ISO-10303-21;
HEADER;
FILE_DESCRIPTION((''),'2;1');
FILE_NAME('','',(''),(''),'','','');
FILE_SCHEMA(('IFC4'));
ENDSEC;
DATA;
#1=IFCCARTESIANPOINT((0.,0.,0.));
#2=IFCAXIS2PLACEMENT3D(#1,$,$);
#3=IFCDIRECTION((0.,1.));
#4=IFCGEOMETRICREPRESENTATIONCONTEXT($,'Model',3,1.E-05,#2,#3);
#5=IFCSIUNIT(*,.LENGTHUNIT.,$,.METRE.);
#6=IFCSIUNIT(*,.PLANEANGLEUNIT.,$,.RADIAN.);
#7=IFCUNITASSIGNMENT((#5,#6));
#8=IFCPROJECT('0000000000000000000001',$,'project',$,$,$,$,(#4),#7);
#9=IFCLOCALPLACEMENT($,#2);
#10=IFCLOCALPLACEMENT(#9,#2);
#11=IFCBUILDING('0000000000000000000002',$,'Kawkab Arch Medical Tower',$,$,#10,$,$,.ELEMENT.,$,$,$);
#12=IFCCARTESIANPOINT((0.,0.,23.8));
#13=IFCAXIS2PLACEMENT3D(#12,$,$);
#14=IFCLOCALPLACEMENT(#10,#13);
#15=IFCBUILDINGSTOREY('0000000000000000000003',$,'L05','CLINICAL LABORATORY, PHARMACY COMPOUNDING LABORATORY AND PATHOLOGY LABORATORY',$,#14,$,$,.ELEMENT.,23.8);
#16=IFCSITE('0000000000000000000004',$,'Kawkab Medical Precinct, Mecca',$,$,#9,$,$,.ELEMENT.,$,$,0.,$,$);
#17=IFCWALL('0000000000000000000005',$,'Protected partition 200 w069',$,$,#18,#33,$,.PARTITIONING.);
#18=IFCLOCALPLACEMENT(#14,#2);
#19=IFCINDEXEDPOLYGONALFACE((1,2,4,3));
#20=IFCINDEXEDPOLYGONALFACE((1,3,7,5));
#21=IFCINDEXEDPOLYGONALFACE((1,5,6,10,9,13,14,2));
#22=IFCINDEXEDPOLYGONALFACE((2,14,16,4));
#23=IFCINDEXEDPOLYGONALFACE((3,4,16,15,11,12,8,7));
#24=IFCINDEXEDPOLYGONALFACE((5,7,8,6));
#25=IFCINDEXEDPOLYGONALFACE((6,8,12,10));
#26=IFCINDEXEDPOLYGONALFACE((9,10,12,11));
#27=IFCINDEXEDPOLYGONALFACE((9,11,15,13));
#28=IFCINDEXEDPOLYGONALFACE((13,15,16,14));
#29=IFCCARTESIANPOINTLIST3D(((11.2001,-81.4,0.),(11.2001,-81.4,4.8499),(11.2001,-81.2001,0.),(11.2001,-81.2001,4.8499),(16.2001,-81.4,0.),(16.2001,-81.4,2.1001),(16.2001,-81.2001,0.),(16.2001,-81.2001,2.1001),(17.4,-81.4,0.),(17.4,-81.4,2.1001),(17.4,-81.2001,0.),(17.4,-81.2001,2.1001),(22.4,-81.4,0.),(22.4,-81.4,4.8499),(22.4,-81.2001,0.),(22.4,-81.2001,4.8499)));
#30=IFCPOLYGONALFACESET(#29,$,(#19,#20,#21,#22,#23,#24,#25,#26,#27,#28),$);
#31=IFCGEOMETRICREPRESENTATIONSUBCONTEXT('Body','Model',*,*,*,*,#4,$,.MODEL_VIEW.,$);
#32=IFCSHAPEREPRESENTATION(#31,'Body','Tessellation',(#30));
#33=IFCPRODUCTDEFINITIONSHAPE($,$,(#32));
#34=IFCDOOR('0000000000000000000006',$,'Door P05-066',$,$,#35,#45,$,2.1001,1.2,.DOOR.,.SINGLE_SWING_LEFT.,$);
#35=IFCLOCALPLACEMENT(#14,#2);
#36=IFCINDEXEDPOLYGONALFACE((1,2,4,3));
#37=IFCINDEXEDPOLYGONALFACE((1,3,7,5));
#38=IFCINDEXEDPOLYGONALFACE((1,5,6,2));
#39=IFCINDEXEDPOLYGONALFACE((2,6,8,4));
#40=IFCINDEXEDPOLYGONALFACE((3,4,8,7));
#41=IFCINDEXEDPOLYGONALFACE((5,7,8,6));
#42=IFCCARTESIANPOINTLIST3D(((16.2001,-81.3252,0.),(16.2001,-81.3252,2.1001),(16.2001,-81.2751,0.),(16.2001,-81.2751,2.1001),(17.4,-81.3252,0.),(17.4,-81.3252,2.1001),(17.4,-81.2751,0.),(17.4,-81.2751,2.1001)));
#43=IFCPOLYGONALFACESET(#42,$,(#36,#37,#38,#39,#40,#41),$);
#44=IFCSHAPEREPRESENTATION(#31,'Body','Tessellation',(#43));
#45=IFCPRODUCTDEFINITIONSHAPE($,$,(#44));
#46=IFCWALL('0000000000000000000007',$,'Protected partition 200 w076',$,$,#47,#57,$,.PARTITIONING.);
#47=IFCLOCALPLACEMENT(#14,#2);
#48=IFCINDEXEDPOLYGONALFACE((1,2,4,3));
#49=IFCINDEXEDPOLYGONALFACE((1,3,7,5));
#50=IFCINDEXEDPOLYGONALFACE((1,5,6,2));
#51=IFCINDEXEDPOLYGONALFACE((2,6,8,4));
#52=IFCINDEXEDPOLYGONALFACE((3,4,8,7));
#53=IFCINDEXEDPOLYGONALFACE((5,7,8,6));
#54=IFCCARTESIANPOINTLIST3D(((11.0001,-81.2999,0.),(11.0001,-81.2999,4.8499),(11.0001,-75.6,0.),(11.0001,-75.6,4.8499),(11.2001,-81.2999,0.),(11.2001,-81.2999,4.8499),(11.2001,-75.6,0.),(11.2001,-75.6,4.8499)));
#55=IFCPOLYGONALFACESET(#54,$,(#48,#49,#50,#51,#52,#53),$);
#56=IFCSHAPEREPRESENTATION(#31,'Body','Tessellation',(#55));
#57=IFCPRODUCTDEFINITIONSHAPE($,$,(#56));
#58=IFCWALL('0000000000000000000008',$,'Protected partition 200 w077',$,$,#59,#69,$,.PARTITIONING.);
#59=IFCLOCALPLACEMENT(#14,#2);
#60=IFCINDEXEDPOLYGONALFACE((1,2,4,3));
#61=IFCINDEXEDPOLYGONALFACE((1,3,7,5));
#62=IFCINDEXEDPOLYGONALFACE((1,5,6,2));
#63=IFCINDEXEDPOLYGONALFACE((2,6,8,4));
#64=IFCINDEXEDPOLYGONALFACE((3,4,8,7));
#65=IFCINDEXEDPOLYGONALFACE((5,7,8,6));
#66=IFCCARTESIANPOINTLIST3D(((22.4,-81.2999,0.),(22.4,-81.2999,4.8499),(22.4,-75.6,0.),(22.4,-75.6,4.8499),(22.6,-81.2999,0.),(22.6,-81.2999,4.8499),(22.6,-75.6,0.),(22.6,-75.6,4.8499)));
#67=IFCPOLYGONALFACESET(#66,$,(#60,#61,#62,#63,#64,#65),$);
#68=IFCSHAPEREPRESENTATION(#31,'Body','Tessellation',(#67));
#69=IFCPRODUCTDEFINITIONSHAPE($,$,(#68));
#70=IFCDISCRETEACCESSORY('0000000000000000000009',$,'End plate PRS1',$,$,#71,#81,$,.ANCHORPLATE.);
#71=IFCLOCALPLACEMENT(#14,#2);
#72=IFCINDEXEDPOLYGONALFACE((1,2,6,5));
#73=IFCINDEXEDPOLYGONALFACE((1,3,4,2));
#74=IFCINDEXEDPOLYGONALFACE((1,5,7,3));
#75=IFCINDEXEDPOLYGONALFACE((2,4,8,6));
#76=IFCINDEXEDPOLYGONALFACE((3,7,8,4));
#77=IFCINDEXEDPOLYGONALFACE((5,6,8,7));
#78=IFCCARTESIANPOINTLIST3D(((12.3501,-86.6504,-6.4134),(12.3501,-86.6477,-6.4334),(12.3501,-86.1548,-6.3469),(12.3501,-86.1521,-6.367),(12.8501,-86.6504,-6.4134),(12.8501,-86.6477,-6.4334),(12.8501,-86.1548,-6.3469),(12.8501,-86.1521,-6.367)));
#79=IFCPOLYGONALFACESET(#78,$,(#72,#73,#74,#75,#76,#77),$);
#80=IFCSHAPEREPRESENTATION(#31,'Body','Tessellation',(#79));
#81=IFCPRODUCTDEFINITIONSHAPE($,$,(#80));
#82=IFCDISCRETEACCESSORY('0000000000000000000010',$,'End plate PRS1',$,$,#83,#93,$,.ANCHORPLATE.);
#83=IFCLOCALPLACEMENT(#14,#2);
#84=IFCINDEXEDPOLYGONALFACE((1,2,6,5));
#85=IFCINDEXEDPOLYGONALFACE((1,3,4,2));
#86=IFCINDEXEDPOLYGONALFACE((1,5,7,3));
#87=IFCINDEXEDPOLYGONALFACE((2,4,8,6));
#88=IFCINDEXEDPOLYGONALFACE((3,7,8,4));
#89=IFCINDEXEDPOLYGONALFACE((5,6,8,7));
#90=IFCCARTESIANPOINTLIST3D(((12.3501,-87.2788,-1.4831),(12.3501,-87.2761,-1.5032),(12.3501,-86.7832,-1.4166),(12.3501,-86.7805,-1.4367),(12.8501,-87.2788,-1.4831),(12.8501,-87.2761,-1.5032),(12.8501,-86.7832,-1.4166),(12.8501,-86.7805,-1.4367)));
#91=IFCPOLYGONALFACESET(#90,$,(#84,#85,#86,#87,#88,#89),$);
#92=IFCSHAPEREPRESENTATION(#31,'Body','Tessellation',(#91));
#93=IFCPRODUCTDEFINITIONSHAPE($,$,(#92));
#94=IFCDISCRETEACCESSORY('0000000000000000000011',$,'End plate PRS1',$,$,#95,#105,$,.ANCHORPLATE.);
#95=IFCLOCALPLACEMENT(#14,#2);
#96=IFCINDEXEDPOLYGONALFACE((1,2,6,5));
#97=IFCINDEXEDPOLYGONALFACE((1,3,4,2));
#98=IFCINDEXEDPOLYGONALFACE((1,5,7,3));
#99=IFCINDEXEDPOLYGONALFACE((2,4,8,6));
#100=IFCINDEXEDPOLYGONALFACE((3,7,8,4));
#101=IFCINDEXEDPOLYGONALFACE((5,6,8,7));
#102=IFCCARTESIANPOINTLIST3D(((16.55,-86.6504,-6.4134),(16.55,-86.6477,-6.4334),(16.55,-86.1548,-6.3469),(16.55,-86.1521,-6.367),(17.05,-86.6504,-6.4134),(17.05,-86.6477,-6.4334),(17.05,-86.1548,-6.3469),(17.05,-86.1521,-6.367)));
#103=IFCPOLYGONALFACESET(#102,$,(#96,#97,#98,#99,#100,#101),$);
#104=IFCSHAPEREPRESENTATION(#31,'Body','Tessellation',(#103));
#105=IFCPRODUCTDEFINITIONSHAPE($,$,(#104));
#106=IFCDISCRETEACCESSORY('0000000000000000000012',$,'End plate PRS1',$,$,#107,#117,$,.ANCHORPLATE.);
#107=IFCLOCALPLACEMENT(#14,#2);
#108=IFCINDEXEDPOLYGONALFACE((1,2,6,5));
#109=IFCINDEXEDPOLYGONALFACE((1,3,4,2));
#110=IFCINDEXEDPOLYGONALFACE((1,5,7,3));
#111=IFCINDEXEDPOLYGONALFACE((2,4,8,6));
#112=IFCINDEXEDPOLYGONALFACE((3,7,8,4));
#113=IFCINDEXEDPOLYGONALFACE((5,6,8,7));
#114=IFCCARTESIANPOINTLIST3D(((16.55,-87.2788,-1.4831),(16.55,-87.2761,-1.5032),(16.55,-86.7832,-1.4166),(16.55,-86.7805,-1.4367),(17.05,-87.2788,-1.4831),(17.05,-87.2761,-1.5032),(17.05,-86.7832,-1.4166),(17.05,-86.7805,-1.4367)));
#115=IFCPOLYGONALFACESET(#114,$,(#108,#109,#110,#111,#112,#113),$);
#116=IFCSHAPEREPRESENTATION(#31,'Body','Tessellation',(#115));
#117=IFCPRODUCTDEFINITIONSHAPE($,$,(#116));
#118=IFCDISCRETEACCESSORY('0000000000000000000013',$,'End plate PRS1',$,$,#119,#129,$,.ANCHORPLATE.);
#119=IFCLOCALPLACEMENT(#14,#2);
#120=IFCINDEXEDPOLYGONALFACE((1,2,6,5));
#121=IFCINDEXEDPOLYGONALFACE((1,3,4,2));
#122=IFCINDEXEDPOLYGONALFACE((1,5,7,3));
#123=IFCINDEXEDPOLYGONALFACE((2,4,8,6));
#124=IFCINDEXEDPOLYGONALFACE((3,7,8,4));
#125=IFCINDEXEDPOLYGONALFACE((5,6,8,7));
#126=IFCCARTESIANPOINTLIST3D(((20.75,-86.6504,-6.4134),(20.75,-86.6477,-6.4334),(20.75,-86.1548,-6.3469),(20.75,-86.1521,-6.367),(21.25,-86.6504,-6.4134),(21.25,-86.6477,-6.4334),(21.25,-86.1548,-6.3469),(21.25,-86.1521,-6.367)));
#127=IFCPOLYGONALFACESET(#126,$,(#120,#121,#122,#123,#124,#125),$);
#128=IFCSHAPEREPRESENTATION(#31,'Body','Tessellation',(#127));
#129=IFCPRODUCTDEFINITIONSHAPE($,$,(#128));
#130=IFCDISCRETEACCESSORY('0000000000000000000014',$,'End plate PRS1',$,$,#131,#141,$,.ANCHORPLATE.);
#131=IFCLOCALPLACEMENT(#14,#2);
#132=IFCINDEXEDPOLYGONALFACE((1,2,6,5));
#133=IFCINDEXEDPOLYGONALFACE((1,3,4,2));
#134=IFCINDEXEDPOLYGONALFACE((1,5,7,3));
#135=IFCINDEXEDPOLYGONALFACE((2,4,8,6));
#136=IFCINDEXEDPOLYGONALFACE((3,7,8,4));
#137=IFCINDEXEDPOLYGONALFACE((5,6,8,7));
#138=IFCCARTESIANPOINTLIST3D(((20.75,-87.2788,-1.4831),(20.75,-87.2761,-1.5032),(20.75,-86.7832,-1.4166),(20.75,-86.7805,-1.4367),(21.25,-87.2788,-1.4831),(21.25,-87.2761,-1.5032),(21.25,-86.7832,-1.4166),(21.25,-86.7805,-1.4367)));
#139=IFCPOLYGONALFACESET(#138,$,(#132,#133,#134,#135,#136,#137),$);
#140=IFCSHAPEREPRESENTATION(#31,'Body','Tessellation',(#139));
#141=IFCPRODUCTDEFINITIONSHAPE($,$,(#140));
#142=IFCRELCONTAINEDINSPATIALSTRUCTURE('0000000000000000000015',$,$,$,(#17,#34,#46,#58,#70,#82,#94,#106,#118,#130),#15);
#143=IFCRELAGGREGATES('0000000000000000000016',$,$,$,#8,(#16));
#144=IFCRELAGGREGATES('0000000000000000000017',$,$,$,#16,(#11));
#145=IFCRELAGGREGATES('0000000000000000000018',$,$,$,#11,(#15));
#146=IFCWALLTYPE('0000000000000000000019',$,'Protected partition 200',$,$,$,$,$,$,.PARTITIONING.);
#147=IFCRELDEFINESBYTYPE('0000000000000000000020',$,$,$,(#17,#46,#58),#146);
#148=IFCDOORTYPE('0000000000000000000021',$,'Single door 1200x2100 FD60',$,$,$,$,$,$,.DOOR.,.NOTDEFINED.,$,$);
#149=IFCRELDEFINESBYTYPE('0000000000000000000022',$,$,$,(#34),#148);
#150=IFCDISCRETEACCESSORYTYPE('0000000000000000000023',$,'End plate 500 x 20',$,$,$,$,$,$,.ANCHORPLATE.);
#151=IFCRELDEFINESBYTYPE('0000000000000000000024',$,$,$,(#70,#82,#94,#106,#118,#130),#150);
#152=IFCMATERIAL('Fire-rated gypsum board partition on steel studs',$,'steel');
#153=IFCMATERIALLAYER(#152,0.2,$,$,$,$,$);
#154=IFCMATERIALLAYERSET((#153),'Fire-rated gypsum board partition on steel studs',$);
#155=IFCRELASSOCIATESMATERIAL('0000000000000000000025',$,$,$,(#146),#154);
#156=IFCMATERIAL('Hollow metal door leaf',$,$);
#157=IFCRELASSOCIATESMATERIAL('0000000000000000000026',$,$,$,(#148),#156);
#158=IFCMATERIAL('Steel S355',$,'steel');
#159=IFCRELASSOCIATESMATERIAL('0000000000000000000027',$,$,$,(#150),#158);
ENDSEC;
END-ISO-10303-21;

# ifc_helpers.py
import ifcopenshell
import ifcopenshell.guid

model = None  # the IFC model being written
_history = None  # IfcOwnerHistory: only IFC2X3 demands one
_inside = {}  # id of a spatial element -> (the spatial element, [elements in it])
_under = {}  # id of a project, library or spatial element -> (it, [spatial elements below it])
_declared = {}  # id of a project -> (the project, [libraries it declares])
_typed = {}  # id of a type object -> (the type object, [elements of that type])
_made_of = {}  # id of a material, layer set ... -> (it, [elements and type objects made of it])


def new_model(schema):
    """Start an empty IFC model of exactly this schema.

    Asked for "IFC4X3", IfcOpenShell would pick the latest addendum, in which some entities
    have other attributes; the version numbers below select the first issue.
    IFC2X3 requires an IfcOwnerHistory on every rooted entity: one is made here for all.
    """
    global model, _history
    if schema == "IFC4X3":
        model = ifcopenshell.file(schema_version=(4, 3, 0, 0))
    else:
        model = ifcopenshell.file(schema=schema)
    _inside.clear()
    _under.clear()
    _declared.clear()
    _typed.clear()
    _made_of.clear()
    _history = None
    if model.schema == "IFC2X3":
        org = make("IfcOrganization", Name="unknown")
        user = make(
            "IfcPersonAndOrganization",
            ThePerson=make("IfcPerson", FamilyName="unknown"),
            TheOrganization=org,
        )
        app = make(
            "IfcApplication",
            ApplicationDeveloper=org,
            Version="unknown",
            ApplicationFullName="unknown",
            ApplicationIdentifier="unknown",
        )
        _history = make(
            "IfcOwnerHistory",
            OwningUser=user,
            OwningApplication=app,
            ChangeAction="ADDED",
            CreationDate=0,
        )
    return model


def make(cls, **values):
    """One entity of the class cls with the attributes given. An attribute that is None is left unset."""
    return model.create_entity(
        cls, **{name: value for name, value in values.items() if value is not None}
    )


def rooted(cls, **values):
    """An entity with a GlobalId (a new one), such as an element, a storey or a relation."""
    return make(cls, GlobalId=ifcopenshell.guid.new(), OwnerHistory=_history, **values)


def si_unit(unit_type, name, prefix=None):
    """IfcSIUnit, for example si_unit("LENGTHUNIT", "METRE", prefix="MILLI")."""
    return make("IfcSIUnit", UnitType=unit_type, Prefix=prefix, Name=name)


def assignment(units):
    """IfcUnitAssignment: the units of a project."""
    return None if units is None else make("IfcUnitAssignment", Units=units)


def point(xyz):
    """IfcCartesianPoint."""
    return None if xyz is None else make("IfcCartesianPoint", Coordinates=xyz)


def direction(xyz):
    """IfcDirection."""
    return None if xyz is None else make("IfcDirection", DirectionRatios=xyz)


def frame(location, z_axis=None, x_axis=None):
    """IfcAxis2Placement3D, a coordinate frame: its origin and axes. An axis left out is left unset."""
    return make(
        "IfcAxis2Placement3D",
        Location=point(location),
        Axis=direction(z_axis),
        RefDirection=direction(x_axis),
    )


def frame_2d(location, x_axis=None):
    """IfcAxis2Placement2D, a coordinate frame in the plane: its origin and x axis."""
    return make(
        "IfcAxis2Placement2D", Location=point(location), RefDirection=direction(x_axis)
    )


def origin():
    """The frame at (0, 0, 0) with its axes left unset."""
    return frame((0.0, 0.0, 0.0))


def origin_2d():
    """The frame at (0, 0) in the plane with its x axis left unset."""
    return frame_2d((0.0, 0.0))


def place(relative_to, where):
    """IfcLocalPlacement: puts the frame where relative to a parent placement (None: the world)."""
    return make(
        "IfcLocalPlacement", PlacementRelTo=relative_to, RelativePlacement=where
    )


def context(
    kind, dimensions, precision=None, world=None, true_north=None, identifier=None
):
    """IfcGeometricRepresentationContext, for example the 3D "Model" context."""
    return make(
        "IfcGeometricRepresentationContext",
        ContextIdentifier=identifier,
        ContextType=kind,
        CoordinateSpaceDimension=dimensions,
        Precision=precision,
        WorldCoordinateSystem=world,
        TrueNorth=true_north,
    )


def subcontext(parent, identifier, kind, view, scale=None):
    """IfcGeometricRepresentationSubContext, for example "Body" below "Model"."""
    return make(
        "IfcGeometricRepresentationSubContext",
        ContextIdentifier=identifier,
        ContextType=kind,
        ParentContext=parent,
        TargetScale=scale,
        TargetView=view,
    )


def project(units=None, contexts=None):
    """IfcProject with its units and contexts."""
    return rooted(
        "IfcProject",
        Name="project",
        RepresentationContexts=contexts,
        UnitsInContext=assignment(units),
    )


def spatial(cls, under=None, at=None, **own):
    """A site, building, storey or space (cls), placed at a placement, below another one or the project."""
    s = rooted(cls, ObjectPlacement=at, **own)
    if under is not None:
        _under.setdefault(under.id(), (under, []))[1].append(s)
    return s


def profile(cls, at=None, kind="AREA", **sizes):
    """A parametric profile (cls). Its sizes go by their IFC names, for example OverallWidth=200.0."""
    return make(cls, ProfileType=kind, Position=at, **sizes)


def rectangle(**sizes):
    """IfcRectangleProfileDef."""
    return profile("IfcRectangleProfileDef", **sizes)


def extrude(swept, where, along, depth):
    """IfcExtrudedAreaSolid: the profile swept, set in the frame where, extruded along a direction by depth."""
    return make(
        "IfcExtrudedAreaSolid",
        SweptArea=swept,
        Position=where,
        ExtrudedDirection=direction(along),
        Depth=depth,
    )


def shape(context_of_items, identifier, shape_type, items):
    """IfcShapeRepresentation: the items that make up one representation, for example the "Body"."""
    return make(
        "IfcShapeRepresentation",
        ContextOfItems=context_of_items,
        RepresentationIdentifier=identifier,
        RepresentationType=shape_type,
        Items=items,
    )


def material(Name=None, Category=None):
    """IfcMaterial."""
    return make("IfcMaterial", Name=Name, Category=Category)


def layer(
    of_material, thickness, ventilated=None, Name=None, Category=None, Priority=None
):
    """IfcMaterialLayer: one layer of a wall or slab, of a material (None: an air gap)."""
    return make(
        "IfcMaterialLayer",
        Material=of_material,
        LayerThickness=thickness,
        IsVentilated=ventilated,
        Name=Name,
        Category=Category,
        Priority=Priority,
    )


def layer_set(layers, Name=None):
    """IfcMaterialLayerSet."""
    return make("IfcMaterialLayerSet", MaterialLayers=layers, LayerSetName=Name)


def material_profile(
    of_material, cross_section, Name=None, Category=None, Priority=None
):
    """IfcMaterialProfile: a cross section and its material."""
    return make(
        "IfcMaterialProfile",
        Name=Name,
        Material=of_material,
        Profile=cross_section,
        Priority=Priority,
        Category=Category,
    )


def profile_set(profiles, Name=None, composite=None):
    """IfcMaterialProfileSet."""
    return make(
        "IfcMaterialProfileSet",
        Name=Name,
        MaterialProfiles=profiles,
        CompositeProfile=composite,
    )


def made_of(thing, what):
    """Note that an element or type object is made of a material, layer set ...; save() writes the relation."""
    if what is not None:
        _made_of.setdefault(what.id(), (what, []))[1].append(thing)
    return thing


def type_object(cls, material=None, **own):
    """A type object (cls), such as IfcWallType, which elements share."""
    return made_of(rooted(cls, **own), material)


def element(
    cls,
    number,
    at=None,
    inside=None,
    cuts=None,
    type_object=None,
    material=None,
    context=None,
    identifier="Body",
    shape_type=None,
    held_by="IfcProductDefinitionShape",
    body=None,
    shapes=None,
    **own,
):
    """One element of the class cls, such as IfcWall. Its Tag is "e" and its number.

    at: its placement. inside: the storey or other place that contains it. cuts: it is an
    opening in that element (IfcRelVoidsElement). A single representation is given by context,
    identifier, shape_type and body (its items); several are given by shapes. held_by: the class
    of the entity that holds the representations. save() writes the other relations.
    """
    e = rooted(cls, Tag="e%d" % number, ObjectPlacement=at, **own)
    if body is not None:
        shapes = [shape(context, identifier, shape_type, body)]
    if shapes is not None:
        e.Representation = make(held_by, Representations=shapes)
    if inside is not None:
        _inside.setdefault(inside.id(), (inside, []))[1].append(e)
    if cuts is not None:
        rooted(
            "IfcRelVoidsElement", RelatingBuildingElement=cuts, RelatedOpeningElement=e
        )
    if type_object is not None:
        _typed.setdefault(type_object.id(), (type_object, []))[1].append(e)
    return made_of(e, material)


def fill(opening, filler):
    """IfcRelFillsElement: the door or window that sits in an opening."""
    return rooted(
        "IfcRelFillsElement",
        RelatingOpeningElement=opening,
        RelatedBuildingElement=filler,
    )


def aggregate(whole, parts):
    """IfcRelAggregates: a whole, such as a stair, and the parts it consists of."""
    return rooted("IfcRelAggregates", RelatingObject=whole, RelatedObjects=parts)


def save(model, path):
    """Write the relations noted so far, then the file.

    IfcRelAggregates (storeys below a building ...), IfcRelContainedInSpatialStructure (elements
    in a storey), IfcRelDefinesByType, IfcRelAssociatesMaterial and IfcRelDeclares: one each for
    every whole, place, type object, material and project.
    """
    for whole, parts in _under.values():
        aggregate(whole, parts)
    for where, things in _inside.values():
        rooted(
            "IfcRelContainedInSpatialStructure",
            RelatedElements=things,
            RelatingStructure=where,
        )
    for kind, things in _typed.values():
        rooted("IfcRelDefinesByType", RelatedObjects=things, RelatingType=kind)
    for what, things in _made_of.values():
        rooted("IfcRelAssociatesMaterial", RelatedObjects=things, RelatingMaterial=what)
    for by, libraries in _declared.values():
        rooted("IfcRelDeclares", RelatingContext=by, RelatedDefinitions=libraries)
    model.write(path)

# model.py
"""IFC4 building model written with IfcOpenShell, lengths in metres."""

from ifc_helpers import new_model, si_unit, direction, frame, frame_2d, origin, origin_2d, place, context, subcontext, project, spatial, rectangle, extrude, material, layer, layer_set, material_profile, profile_set, type_object, element, fill, save


model = new_model("IFC4")

# Units and contexts
model_context = context("Model", 3, precision=1e-05, world=origin(), true_north=direction((0.0, 1.0)))
body_context = subcontext(model_context, "Body", "Model", "MODEL_VIEW")
ifc_project = project(units=[si_unit("LENGTHUNIT", "METRE"), si_unit("PLANEANGLEUNIT", "RADIAN")], contexts=[model_context])

# Site, building, storey
site_placement = place(None, origin())
site = spatial("IfcSite", under=ifc_project, at=site_placement, Name="Kawkab Medical Precinct, Mecca", CompositionType="ELEMENT", RefElevation=0.0)
building_placement = place(site_placement, origin())
building = spatial("IfcBuilding", under=site, at=building_placement, Name="Kawkab Arch Medical Tower", CompositionType="ELEMENT")
storey_placement = place(building_placement, frame((0.0, 0.0, 23.8)))
storey = spatial("IfcBuildingStorey", under=building, at=storey_placement, Name="L05", Description="CLINICAL LABORATORY, PHARMACY COMPOUNDING LABORATORY AND PATHOLOGY LABORATORY", CompositionType="ELEMENT", Elevation=23.8)

# Wall, opening, door
ifc_material_1 = material(Name="Fire-rated gypsum board partition on steel studs", Category="steel")
ifc_layer_1 = layer(ifc_material_1, 0.2)
ifc_layer_set_1 = layer_set([ifc_layer_1], Name="Fire-rated gypsum board partition on steel studs")
wall_type_1 = type_object("IfcWallType", Name="Protected partition 200", PredefinedType="PARTITIONING", material=ifc_layer_set_1)
wall_1_placement = place(storey_placement, frame((11.2, -81.3, 0.0), z_axis=(0.0, 0.0, 1.0), x_axis=(1.0, 0.0, 0.0)))
wall_1 = element("IfcWall", 1, at=wall_1_placement, inside=storey, type_object=wall_type_1, Name="Protected partition 200 w069", PredefinedType="PARTITIONING", context=body_context, shape_type="SweptSolid", body=[
    extrude(rectangle(XDim=11.2, YDim=0.2, at=frame_2d((5.6001, 0.0))), origin(), (0.0, 0.0, 1.0), 4.8499),
])
opening_1_placement = place(wall_1_placement, frame((5.0, 0.0, 0.0)))
opening_1 = element("IfcOpeningElement", 2, at=opening_1_placement, cuts=wall_1, PredefinedType="OPENING", context=body_context, shape_type="SweptSolid", body=[
    extrude(rectangle(XDim=1.2, YDim=2.1001, at=frame_2d((0.6001, 1.05))), frame((0.0, 0.1099, 0.0), z_axis=(0.0, -1.0, 0.0), x_axis=(1.0, 0.0, 0.0)), (0.0, 0.0, 1.0), 0.22),
])
ifc_material_2 = material(Name="Hollow metal door leaf")
door_type_1 = type_object("IfcDoorType", Name="Single door 1200x2100 FD60", OperationType="NOTDEFINED", PredefinedType="DOOR", material=ifc_material_2)
door_1_placement = place(opening_1_placement, origin())
door_1 = element("IfcDoor", 3, at=door_1_placement, inside=storey, type_object=door_type_1, Name="Door P05-066", OperationType="SINGLE_SWING_LEFT", OverallHeight=2.1001, OverallWidth=1.2, PredefinedType="DOOR", context=body_context, shape_type="SweptSolid", body=[
    extrude(rectangle(XDim=1.2, YDim=2.1001, at=frame_2d((0.6001, 1.05))), frame((0.0, 0.0249, 0.0), z_axis=(0.0, -1.0, 0.0), x_axis=(1.0, 0.0, 0.0)), (0.0, 0.0, 1.0), 0.05),
])
fill(opening_1, door_1)

# Walls
for number, where, z_axis, x_axis, name in (
    (4, (11.1001, -81.3, 0.0), (0.0, 0.0, 1.0), (0.0, 1.0, 0.0), "Protected partition 200 w076"),
    (5, (22.5, -81.3, 0.0), (0.0, 0.0, 1.0), (0.0, 1.0, 0.0), "Protected partition 200 w077"),
):
    element("IfcWall", number, at=place(storey_placement, frame(where, z_axis=z_axis, x_axis=x_axis)), inside=storey, type_object=wall_type_1, Name=name, PredefinedType="PARTITIONING", context=body_context, shape_type="SweptSolid", body=[
        extrude(rectangle(XDim=5.7, YDim=0.2, at=frame_2d((2.8501, 0.0))), origin(), (0.0, 0.0, 1.0), 4.8499),
    ])

# Discrete accessories
ifc_material_3 = material(Name="Steel S355", Category="steel")
ifc_material_profile_1 = material_profile(ifc_material_3, rectangle(XDim=0.5, YDim=0.5, at=origin_2d()), Name="End plate 500 x 20")
ifc_profile_set_1 = profile_set([ifc_material_profile_1], Name="Steel S355")
discrete_accessory_type = type_object("IfcDiscreteAccessoryType", Name="End plate 500 x 20", PredefinedType="ANCHORPLATE", material=ifc_profile_set_1)
for number, where, z_axis, x_axis, name in (
    (6, (12.6001, -86.4026, -6.3801), (0.0, 0.132955, -0.991122), (-1.0, 0.0, 0.0), "End plate PRS1"),
    (7, (12.6001, -87.0283, -1.47), (0.0, -0.132955, 0.991122), (1.0, 0.0, 0.0), "End plate PRS1"),
    (8, (16.8, -86.4026, -6.3801), (0.0, 0.132955, -0.991122), (-1.0, 0.0, 0.0), "End plate PRS1"),
    (9, (16.8, -87.0283, -1.47), (0.0, -0.132955, 0.991122), (1.0, 0.0, 0.0), "End plate PRS1"),
    (10, (21.0, -86.4026, -6.3801), (0.0, 0.132955, -0.991122), (-1.0, 0.0, 0.0), "End plate PRS1"),
    (11, (21.0, -87.0283, -1.47), (0.0, -0.132955, 0.991122), (1.0, 0.0, 0.0), "End plate PRS1"),
):
    element("IfcDiscreteAccessory", number, at=place(storey_placement, frame(where, z_axis=z_axis, x_axis=x_axis)), inside=storey, type_object=discrete_accessory_type, Name=name, PredefinedType="ANCHORPLATE", context=body_context, shape_type="SweptSolid", body=[
        extrude(rectangle(XDim=0.5, YDim=0.5, at=origin_2d()), origin(), (0.0, 0.0, 1.0), 0.0203),
    ])

save(model, "model.ifc")
